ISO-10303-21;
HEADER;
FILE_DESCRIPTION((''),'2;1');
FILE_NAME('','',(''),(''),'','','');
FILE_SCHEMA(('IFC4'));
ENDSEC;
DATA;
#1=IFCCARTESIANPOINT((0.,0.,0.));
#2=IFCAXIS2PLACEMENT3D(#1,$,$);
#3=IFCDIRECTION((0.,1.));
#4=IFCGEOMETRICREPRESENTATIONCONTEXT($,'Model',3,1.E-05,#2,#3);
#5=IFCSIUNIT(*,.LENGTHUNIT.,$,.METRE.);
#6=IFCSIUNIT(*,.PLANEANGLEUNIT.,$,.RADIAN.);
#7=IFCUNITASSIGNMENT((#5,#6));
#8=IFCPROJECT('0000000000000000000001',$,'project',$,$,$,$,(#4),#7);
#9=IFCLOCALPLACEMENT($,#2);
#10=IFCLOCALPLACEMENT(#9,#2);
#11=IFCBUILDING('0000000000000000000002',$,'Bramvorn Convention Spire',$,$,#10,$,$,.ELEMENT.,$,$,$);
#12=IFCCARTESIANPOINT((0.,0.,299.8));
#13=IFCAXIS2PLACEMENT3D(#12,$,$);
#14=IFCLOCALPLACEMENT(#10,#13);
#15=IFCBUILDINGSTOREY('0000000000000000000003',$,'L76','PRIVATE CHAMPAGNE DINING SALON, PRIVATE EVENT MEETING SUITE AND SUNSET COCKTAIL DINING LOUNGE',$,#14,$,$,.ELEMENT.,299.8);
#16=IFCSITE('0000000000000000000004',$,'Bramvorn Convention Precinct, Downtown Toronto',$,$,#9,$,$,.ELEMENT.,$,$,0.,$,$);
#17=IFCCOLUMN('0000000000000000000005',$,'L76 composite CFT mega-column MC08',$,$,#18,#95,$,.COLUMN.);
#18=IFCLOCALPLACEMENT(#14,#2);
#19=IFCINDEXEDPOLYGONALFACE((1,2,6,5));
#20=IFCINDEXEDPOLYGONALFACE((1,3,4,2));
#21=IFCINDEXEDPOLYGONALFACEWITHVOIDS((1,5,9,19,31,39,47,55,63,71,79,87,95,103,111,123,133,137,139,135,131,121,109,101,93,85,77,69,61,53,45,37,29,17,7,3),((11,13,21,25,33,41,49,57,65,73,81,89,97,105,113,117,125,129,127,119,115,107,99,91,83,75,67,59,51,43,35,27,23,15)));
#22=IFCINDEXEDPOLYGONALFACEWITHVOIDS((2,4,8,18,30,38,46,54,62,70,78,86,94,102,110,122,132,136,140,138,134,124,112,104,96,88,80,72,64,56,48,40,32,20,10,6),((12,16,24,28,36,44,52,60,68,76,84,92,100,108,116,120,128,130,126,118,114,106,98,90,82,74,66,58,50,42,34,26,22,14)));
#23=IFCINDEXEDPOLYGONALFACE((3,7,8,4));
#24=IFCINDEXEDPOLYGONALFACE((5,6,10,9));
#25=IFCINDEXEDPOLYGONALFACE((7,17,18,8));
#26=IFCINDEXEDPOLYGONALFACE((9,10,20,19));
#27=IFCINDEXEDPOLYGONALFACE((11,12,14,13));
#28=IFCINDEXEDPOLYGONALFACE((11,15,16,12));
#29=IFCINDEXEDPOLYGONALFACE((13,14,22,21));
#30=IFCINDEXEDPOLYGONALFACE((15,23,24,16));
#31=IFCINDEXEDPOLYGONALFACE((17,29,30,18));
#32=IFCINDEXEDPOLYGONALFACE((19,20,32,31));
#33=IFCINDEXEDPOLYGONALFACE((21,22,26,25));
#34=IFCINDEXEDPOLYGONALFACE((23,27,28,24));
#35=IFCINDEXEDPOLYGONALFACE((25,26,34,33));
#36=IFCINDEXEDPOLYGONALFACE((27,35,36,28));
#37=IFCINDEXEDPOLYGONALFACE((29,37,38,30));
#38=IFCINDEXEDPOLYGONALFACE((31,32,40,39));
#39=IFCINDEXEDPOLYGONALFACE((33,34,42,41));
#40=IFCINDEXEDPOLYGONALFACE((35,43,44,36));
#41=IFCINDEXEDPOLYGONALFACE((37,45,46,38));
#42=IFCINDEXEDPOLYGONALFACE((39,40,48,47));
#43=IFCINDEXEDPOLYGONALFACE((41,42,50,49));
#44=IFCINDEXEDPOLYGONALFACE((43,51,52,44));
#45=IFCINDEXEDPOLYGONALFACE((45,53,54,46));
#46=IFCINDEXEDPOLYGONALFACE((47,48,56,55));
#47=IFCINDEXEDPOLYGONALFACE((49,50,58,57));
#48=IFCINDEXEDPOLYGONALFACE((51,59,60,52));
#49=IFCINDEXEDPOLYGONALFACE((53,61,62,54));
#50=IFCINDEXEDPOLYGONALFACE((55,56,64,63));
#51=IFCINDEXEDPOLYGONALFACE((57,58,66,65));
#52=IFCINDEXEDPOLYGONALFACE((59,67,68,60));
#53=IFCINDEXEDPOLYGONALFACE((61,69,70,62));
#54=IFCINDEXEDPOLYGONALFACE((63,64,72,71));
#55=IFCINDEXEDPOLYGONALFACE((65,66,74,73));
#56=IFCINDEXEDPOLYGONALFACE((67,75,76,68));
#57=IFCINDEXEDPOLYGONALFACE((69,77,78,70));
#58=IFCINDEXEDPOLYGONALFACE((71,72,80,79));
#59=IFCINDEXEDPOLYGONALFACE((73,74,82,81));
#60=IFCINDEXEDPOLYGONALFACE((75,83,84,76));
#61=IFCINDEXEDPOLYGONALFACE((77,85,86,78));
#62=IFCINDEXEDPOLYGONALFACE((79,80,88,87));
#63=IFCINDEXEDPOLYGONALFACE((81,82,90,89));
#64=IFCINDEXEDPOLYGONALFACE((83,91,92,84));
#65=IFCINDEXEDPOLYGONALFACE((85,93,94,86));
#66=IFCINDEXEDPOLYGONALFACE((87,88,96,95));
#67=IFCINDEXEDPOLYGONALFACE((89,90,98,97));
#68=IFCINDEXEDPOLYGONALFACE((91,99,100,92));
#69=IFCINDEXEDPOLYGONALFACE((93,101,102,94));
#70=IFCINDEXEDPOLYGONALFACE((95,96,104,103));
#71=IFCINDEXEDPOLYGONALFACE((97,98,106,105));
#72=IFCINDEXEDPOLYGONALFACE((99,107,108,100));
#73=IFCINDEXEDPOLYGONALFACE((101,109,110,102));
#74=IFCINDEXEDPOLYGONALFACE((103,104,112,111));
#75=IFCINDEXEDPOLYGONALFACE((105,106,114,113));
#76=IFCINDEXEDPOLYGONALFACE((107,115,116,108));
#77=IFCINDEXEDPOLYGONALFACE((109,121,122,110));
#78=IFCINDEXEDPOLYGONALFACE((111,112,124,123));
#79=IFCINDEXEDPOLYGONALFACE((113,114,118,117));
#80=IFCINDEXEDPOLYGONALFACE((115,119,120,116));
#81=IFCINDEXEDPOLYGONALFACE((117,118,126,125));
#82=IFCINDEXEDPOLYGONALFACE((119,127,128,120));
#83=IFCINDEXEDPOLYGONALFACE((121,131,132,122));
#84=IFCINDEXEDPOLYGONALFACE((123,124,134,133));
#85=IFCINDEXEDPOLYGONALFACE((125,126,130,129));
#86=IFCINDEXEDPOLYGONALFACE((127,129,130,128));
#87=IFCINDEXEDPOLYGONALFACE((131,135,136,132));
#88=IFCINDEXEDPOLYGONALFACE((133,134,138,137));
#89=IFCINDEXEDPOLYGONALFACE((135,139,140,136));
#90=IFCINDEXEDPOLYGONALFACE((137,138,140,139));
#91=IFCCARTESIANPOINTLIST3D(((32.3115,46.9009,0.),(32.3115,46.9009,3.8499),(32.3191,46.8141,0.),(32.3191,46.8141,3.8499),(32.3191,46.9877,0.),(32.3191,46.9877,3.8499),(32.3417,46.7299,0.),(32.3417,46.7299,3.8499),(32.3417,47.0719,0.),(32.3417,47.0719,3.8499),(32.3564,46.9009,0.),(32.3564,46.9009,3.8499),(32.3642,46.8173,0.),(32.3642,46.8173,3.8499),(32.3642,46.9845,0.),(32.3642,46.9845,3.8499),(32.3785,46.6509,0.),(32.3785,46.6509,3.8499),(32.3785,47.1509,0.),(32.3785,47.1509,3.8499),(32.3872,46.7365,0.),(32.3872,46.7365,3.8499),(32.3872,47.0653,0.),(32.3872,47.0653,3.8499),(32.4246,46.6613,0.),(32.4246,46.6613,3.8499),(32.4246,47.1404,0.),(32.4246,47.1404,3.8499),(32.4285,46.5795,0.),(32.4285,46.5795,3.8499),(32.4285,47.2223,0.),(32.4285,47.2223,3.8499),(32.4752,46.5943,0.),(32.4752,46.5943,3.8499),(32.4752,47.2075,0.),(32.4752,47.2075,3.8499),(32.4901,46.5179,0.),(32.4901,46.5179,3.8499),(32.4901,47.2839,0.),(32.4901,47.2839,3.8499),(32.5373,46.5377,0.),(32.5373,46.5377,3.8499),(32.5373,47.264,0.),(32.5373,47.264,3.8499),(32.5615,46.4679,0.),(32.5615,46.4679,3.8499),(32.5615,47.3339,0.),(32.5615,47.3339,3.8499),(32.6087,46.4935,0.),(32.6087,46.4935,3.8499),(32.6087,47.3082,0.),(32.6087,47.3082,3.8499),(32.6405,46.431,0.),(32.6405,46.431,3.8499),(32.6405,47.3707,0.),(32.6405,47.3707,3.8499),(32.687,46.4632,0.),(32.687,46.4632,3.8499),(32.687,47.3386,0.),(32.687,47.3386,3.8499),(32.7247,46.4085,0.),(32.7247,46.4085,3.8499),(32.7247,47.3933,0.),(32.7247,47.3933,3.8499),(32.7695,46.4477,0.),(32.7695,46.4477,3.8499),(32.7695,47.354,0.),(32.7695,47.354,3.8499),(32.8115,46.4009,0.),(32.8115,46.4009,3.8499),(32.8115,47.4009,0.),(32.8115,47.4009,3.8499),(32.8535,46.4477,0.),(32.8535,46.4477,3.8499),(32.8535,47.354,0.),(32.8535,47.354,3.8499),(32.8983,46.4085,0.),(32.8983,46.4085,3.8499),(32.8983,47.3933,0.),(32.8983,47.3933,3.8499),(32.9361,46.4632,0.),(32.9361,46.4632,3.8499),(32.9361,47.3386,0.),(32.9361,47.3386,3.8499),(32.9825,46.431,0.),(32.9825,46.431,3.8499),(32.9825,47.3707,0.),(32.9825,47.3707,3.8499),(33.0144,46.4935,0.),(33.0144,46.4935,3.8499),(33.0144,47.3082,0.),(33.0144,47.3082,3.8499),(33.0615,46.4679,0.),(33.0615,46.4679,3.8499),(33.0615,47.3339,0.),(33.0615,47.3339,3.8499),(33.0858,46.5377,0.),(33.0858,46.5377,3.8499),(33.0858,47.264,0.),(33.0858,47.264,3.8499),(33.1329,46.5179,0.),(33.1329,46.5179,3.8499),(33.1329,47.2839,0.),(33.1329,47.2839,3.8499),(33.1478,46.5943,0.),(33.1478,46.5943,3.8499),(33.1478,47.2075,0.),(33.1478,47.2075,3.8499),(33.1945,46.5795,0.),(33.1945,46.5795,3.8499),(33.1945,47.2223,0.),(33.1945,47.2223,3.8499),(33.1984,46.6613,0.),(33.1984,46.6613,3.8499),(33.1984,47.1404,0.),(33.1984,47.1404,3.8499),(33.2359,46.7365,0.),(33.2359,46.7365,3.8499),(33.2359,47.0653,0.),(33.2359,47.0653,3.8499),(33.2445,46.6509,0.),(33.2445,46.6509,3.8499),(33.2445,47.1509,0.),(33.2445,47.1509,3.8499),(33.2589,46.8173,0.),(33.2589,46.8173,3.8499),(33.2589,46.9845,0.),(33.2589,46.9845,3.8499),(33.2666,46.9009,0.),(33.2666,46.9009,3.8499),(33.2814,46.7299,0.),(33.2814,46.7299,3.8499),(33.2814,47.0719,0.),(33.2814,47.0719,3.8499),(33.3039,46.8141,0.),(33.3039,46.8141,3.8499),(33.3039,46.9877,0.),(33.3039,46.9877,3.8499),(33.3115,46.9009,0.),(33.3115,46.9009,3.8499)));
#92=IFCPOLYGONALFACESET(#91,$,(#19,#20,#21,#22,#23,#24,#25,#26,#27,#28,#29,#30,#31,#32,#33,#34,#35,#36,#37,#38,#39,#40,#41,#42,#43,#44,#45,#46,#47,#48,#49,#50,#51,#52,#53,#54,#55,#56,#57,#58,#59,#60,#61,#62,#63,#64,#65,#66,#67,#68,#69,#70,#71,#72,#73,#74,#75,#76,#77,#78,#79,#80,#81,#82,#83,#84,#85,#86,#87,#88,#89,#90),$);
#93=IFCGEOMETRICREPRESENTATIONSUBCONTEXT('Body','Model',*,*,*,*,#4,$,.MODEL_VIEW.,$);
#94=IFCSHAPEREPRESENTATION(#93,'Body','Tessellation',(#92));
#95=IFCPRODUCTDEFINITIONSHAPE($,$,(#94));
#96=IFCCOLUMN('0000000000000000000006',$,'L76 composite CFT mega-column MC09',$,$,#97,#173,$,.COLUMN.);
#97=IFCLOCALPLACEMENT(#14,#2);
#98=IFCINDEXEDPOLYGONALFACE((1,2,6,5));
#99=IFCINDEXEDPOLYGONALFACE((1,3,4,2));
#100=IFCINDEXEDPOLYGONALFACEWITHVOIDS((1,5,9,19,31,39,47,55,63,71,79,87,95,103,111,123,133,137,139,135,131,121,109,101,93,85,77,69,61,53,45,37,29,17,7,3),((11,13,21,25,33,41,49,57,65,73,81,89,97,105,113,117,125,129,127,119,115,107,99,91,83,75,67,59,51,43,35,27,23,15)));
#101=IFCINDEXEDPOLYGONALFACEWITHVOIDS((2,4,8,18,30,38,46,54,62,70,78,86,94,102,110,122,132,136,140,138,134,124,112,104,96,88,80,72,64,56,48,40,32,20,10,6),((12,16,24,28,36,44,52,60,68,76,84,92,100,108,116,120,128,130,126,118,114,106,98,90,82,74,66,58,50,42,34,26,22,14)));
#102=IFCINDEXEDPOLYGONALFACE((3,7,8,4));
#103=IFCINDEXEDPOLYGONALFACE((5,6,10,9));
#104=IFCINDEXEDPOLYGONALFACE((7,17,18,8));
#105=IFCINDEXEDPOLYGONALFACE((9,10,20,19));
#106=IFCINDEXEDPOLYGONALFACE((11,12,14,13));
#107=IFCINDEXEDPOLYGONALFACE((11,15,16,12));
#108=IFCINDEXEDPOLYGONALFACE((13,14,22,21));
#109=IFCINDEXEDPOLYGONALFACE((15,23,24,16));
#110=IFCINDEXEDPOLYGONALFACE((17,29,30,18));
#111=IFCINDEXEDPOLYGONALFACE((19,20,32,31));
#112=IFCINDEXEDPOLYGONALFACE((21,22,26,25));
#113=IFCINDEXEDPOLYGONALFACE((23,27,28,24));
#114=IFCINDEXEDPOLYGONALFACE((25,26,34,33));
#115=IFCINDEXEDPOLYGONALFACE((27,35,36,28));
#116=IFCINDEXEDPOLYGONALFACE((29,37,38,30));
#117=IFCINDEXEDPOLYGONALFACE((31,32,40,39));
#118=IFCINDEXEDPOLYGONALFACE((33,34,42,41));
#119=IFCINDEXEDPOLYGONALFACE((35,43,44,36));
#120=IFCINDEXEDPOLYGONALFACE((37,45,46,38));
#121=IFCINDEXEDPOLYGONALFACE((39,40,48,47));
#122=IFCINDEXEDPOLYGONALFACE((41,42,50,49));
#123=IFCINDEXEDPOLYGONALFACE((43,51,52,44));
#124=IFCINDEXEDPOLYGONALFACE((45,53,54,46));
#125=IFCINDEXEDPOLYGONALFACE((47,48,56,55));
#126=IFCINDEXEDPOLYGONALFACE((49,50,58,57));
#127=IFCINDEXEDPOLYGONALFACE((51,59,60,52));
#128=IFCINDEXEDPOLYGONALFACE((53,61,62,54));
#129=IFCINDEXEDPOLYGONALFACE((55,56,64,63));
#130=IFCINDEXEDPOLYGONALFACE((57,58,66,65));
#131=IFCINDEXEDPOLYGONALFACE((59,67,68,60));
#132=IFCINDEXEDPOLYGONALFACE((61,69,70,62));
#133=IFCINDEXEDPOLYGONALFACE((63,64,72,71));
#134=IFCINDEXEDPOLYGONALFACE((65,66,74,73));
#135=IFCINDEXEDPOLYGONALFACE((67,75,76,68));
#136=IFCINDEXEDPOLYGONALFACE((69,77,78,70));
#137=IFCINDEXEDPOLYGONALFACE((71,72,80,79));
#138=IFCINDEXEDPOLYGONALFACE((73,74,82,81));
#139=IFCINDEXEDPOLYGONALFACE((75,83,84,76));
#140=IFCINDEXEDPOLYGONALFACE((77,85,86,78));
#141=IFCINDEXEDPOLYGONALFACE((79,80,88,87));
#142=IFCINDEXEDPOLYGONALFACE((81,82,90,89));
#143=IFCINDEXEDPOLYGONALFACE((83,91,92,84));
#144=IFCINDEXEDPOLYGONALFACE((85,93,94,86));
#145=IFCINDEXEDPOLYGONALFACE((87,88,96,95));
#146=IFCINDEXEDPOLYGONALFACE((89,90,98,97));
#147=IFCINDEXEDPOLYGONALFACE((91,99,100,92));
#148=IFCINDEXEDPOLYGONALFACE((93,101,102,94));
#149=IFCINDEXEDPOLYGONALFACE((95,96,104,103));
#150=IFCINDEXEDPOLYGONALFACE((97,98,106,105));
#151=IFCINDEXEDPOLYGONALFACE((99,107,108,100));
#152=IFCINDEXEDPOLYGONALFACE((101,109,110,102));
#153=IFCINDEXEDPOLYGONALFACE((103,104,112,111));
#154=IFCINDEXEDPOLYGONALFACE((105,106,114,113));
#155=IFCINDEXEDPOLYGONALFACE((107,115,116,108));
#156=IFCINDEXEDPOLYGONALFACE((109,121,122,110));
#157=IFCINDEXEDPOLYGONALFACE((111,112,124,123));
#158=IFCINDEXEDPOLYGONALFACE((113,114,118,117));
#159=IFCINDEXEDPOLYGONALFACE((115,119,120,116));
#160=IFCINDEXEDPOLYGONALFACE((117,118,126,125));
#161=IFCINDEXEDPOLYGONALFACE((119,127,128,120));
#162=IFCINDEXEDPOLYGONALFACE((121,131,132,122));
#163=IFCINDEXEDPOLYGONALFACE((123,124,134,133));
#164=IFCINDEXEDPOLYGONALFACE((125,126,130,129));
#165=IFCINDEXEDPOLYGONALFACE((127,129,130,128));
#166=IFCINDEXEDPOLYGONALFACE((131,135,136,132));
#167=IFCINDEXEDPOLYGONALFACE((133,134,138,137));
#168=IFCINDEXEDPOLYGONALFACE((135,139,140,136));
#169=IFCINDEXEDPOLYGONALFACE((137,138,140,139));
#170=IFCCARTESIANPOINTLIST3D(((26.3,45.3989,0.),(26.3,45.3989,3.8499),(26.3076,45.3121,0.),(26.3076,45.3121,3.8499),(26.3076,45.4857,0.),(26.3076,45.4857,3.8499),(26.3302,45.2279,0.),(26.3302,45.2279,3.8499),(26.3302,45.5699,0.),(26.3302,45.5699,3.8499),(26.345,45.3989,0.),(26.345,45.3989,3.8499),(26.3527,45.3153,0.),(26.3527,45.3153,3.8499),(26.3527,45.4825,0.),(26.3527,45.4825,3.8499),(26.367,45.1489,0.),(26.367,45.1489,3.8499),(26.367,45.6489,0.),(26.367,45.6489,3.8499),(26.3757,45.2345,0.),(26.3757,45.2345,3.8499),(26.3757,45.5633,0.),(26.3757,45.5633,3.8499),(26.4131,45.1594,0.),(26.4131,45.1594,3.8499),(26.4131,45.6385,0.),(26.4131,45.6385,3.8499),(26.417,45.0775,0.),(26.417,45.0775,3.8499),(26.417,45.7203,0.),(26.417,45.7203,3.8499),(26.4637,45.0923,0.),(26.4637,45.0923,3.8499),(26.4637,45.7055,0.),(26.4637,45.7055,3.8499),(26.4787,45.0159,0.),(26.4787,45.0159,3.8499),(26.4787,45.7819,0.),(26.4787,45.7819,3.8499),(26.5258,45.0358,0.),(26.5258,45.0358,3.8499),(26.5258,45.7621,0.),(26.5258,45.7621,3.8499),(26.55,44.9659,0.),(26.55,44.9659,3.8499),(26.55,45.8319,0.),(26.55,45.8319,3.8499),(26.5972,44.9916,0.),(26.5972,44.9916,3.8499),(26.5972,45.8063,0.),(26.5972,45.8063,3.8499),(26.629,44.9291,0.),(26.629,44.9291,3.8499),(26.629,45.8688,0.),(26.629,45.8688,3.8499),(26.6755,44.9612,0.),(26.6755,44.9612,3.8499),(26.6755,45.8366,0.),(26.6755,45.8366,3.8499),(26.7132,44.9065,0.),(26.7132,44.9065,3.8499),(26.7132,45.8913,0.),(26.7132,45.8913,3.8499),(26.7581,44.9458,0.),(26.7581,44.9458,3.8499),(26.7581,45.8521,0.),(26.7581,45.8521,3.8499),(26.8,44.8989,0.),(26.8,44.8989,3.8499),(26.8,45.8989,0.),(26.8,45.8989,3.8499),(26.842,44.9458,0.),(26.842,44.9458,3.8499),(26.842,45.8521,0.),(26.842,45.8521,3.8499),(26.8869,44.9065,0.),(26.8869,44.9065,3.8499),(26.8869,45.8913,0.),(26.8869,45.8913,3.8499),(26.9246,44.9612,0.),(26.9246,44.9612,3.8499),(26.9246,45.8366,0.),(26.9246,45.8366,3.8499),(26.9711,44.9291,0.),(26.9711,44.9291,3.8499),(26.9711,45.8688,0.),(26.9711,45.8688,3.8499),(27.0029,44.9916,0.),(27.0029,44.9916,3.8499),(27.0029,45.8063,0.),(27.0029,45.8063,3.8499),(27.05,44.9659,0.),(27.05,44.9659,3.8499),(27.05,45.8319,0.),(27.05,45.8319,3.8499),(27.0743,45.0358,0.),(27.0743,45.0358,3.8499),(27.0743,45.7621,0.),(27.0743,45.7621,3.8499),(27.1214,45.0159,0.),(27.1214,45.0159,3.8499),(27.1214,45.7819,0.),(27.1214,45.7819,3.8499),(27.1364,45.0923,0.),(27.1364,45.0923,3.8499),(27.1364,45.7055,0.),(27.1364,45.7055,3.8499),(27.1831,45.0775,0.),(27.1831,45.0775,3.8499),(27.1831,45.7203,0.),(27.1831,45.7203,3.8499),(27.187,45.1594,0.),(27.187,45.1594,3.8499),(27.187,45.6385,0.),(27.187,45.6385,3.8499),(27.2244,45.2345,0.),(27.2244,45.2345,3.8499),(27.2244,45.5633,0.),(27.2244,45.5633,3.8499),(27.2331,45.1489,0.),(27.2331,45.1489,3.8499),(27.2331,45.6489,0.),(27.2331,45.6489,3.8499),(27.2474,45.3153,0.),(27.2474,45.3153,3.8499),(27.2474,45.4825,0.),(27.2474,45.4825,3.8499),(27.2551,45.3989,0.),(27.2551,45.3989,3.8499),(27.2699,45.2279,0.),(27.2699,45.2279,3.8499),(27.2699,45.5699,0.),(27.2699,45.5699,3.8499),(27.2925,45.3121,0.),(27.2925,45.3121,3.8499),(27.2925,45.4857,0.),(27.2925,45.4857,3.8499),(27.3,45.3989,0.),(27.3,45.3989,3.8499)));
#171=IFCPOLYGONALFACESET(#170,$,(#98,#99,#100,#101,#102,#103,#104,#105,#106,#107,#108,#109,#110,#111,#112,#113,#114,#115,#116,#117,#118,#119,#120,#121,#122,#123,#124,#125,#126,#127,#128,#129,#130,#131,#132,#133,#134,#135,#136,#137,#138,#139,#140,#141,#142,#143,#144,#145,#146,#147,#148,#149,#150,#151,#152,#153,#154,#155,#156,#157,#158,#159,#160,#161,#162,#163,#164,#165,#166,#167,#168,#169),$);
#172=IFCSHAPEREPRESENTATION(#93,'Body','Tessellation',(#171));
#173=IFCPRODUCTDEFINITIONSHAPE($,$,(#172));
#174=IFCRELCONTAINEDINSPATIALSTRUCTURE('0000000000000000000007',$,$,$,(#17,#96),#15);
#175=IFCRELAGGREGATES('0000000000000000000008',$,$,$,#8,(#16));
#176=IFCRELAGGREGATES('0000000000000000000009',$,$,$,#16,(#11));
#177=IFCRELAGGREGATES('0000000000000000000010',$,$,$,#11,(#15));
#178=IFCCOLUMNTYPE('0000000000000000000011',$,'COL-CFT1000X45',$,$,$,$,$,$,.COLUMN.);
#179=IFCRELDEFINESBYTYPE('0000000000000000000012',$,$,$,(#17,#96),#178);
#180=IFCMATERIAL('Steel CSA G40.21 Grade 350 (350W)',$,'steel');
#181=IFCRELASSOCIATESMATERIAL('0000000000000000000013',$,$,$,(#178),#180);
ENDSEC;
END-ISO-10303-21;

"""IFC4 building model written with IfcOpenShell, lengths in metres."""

from ifc_helpers import new_model, si_unit, direction, frame, origin, origin_2d, place, context, subcontext, project, spatial, hollow_circle, extrude, material, material_profile, profile_set, type_object, element, save


model = new_model("IFC4")

# Units and contexts
model_context = context("Model", 3, precision=1e-05, world=origin(), true_north=direction((0.0, 1.0)))
body_context = subcontext(model_context, "Body", "Model", "MODEL_VIEW")
ifc_project = project(units=[si_unit("LENGTHUNIT", "METRE"), si_unit("PLANEANGLEUNIT", "RADIAN")], contexts=[model_context])

# Site, building, storey
site_placement = place(None, origin())
site = spatial("IfcSite", under=ifc_project, at=site_placement, Name="Bramvorn Convention Precinct, Downtown Toronto", CompositionType="ELEMENT", RefElevation=0.0)
building_placement = place(site_placement, origin())
building = spatial("IfcBuilding", under=site, at=building_placement, Name="Bramvorn Convention Spire", CompositionType="ELEMENT")
storey_placement = place(building_placement, frame((0.0, 0.0, 299.8)))
storey = spatial("IfcBuildingStorey", under=building, at=storey_placement, Name="L76", Description="PRIVATE CHAMPAGNE DINING SALON, PRIVATE EVENT MEETING SUITE AND SUNSET COCKTAIL DINING LOUNGE", CompositionType="ELEMENT", Elevation=299.8)

# Columns
ifc_material_1 = material(Name="Steel CSA G40.21 Grade 350 (350W)", Category="steel")
ifc_material_profile_1 = material_profile(ifc_material_1, hollow_circle(Radius=0.5, WallThickness=0.0449, at=origin_2d()))
ifc_profile_set_1 = profile_set([ifc_material_profile_1], Name="Steel CSA G40.21 Grade 350 (350W) - CFT1000X45")
column_type = type_object("IfcColumnType", Name="COL-CFT1000X45", PredefinedType="COLUMN", material=ifc_profile_set_1)
for number, where, z_axis, x_axis, name in (
    (1, (32.8115, 46.9009, 0.0), (0.0, 0.0, 1.0), (1.0, 0.0, 0.0), "L76 composite CFT mega-column MC08"),
    (2, (26.8, 45.3989, 0.0), (0.0, 0.0, 1.0), (1.0, 0.0, 0.0), "L76 composite CFT mega-column MC09"),
):
    element("IfcColumn", number, at=place(storey_placement, frame(where, z_axis=z_axis, x_axis=x_axis)), inside=storey, type_object=column_type, Name=name, PredefinedType="COLUMN", context=body_context, shape_type="SweptSolid", body=[
        extrude(hollow_circle(Radius=0.5, WallThickness=0.0449, at=origin_2d()), origin(), (0.0, 0.0, 1.0), 3.8499),
    ])

save(model, "model.ifc")
